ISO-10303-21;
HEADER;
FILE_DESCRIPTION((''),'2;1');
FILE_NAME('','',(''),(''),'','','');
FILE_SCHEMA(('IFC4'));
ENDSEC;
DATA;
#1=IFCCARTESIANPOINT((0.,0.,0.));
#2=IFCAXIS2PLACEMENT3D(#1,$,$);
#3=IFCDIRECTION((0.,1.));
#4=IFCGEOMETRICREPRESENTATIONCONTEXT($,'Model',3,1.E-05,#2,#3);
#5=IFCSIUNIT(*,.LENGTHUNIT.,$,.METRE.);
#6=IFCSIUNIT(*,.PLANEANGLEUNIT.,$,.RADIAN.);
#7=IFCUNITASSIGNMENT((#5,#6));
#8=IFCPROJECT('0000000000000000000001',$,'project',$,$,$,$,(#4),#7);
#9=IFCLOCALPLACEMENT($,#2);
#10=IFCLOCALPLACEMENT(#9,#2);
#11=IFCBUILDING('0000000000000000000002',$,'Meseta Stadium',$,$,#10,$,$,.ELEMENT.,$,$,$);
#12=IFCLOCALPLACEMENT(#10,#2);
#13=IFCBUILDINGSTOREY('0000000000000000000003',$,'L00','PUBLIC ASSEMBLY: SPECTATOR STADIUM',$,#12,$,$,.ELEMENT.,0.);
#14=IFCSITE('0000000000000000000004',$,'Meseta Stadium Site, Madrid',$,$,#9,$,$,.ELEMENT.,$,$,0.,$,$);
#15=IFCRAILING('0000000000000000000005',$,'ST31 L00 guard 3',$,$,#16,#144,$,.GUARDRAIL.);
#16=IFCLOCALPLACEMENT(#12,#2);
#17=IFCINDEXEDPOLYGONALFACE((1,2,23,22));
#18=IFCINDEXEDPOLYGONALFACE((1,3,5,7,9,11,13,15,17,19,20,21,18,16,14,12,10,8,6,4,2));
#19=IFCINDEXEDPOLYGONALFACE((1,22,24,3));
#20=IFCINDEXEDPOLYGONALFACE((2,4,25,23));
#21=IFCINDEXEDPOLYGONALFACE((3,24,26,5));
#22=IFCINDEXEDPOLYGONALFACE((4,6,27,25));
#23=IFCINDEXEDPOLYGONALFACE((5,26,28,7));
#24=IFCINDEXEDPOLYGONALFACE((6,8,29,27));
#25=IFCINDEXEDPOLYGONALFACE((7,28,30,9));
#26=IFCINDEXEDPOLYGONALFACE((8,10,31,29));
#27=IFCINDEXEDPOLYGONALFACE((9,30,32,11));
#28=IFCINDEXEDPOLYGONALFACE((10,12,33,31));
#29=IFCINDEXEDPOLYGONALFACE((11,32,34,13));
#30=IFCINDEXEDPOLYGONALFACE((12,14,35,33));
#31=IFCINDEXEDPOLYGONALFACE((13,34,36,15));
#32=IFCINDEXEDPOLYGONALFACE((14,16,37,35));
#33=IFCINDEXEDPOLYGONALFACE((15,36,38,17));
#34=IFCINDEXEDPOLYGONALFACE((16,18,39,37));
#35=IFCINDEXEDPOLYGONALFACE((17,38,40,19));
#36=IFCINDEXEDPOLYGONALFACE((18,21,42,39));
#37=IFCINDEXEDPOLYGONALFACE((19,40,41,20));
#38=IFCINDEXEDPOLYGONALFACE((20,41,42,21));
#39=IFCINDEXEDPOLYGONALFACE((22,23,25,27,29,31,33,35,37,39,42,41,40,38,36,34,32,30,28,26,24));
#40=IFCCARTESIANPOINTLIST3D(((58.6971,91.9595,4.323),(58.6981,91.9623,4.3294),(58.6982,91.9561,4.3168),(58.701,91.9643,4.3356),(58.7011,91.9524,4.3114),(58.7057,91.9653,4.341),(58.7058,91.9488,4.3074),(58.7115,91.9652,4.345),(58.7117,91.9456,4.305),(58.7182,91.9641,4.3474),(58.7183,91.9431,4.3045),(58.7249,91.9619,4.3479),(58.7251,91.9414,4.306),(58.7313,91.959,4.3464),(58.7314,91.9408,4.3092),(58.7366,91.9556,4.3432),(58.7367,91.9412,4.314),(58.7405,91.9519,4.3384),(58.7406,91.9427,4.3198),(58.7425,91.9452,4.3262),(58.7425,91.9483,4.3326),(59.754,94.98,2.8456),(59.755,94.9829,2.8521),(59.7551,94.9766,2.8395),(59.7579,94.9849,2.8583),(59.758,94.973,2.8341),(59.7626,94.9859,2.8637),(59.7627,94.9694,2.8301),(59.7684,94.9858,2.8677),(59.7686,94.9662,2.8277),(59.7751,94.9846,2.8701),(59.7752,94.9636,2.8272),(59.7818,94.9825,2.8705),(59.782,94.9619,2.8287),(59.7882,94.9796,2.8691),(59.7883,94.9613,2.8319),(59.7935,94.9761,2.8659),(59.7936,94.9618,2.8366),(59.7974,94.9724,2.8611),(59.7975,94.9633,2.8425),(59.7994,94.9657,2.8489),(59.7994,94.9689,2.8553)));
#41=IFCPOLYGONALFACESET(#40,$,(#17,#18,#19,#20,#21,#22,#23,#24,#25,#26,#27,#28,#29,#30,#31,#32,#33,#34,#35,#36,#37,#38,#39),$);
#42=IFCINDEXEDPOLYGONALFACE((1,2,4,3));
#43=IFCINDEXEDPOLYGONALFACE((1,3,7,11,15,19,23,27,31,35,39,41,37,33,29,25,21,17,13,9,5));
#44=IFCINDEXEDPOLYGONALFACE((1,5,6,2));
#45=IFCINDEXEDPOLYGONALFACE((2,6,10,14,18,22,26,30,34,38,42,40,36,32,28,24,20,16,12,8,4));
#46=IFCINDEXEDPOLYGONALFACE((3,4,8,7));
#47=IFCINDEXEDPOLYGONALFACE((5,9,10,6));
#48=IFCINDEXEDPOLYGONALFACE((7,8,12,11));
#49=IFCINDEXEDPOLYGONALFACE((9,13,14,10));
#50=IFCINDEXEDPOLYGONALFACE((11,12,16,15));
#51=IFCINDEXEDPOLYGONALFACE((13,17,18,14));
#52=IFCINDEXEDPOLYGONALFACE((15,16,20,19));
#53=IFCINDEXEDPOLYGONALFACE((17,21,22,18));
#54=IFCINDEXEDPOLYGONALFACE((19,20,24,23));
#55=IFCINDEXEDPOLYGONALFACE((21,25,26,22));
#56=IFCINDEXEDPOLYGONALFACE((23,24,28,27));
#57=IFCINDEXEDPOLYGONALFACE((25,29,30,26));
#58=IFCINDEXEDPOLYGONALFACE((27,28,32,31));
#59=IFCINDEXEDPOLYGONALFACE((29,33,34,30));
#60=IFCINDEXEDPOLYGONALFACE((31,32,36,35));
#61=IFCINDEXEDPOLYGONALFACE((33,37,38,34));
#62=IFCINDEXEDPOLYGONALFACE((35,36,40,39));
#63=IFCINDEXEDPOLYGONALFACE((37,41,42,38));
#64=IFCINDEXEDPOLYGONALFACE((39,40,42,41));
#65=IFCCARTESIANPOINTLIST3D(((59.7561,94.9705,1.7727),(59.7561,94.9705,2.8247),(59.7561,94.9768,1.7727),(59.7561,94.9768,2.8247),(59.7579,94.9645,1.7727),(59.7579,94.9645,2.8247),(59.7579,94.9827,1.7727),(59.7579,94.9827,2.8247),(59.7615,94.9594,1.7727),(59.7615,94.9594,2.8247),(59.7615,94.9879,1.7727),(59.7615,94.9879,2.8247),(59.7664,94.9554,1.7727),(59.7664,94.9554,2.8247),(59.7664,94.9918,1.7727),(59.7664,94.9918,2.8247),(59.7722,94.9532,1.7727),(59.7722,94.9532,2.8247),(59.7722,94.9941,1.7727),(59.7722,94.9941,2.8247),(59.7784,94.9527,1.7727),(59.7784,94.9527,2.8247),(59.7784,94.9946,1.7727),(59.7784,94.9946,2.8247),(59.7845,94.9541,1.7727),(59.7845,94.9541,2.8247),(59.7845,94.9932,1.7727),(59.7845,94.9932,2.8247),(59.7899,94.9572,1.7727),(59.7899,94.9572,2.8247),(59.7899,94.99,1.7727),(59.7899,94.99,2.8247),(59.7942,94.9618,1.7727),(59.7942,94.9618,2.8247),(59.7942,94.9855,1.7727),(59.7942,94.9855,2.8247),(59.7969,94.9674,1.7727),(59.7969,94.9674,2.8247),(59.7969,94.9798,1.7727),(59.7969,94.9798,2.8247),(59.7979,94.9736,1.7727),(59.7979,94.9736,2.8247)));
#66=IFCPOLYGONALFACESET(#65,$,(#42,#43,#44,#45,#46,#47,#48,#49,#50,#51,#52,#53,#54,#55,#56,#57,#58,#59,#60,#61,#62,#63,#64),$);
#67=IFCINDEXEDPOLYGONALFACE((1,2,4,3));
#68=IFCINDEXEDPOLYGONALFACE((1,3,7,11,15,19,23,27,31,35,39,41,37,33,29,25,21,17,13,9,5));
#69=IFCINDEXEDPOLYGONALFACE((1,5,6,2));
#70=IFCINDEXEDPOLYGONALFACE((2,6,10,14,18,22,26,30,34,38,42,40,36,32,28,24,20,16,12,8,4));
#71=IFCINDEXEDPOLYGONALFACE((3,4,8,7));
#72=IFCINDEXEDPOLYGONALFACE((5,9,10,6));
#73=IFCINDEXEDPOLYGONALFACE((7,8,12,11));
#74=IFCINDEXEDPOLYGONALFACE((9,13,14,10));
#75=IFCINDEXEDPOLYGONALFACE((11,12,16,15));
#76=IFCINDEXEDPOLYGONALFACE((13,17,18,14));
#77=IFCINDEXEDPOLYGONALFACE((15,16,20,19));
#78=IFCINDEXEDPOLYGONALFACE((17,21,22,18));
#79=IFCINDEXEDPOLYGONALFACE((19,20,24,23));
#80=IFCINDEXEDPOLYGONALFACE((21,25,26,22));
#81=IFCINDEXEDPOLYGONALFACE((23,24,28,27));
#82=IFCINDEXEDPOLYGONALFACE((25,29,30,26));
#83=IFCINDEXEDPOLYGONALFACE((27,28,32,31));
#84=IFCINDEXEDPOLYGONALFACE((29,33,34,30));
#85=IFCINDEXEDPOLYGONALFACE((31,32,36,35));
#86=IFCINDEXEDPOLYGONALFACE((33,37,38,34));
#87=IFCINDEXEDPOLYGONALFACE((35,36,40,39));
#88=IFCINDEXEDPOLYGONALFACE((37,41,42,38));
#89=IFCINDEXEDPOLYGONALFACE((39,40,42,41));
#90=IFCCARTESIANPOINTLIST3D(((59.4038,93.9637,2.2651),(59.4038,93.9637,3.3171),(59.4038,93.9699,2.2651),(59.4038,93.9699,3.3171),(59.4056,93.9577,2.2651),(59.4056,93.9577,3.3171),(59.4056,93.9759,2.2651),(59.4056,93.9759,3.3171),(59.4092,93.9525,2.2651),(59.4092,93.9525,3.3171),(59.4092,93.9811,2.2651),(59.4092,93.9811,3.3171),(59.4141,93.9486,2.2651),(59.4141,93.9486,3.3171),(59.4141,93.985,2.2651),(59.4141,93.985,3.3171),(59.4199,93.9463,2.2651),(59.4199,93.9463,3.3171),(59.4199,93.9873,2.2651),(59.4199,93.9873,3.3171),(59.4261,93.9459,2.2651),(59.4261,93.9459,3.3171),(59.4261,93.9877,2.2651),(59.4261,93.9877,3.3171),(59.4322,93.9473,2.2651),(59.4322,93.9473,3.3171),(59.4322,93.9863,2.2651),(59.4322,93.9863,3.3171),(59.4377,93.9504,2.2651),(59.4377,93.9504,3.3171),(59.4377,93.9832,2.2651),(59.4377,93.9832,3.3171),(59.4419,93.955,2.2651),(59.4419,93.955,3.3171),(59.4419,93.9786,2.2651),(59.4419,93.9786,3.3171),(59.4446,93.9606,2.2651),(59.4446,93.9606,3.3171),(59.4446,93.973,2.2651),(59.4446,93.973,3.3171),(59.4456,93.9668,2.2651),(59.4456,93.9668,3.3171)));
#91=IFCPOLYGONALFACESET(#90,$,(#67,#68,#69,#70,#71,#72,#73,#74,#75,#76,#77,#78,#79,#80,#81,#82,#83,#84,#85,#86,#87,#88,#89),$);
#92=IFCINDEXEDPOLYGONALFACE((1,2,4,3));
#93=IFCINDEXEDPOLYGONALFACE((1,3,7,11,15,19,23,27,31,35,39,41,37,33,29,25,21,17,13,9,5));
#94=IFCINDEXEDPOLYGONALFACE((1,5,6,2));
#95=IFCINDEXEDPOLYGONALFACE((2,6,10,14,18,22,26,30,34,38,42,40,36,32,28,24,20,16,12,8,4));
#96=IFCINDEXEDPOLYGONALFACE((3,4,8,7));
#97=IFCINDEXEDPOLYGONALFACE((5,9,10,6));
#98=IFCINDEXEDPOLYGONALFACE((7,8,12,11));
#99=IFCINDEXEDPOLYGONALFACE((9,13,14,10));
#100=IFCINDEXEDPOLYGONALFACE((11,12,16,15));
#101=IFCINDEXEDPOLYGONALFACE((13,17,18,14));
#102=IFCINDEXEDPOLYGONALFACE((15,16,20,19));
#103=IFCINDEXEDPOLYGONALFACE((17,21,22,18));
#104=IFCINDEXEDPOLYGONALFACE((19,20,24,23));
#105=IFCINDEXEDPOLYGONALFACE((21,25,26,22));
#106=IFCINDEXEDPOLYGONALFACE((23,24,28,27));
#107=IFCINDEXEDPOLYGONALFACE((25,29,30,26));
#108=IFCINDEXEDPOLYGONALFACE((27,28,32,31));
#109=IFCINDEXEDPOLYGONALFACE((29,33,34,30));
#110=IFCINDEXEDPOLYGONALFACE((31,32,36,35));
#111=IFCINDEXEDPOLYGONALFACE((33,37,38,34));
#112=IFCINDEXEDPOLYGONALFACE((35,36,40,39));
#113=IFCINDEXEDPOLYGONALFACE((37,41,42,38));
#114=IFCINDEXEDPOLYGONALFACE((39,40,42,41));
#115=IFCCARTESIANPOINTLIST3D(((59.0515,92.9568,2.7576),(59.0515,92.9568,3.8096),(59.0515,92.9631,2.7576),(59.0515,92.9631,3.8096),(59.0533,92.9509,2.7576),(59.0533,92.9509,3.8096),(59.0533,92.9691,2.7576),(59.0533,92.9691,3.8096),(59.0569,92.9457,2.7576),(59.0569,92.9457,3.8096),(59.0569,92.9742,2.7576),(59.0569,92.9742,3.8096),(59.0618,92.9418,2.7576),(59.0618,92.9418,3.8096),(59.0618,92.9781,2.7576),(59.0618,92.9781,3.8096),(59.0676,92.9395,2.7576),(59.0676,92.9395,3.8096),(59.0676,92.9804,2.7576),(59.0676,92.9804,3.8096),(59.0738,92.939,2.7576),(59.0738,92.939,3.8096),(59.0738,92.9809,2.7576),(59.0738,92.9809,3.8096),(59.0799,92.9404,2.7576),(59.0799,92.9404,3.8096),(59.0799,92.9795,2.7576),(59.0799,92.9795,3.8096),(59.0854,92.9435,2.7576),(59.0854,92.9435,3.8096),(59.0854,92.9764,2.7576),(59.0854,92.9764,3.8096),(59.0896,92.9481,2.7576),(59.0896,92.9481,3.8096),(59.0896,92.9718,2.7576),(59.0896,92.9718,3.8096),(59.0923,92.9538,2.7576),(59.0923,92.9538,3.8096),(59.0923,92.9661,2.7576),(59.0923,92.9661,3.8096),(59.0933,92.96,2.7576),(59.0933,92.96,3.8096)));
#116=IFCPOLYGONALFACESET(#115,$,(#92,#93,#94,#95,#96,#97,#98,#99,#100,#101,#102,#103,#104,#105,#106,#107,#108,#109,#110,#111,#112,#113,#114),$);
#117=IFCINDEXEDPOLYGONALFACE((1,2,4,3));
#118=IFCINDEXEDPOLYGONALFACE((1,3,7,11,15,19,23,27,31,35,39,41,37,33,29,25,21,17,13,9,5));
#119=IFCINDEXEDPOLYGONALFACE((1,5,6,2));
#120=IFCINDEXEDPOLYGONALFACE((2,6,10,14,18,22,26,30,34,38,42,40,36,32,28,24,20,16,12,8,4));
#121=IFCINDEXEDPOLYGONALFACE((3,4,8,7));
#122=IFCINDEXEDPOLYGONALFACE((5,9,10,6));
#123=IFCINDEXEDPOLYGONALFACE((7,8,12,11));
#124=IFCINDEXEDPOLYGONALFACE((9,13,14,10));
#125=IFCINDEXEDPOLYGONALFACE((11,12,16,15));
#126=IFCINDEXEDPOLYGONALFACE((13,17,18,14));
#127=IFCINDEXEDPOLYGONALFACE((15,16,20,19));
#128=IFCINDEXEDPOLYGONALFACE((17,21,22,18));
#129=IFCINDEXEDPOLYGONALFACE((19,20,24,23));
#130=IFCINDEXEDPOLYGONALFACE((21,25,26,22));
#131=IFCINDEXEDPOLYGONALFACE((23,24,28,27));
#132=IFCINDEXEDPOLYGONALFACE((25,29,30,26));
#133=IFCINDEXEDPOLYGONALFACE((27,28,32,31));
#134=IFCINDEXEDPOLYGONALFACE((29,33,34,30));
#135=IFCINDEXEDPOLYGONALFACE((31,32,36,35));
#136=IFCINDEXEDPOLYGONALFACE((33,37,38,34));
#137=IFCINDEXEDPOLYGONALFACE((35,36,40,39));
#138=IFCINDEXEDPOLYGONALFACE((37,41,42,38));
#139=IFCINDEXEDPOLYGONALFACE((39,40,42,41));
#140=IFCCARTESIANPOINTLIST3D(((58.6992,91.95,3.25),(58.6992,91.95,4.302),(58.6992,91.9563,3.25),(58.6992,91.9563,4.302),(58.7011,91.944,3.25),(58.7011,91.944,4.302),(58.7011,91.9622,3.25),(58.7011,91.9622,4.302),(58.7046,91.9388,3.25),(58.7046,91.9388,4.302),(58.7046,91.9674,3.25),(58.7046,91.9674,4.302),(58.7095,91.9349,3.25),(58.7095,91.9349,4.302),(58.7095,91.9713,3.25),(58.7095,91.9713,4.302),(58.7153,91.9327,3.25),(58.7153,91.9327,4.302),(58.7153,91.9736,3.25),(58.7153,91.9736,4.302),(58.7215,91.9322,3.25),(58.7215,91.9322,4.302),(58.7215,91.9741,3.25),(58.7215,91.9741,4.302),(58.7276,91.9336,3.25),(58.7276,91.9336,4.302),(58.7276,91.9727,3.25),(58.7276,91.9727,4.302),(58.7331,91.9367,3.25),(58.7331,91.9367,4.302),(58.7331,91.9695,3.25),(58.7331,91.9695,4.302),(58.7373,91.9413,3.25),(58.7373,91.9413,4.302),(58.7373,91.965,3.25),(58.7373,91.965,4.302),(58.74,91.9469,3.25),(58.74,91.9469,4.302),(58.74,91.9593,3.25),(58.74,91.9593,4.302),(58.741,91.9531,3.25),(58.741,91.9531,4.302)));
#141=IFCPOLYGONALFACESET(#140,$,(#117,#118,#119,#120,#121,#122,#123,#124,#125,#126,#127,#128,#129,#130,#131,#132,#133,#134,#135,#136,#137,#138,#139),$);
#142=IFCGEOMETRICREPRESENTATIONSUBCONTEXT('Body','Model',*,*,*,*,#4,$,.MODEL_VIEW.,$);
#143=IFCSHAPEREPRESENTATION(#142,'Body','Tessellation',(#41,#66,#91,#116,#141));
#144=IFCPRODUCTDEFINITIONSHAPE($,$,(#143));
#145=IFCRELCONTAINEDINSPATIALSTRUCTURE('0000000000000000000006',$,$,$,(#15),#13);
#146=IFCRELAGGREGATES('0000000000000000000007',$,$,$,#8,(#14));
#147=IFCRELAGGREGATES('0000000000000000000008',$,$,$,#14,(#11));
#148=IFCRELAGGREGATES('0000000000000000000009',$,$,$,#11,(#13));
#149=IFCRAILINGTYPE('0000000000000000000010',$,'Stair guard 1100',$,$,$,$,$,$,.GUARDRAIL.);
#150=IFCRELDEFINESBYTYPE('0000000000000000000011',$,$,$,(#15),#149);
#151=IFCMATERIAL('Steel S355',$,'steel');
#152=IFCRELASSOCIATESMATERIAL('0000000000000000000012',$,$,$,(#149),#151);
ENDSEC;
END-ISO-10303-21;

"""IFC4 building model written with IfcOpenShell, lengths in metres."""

from ifc_helpers import new_model, si_unit, direction, frame, origin, origin_2d, place, context, subcontext, project, spatial, circle, extrude, material, type_object, element, save


model = new_model("IFC4")

# Units and contexts
model_context = context("Model", 3, precision=1e-05, world=origin(), true_north=direction((0.0, 1.0)))
body_context = subcontext(model_context, "Body", "Model", "MODEL_VIEW")
ifc_project = project(units=[si_unit("LENGTHUNIT", "METRE"), si_unit("PLANEANGLEUNIT", "RADIAN")], contexts=[model_context])

# Site, building, storey
site_placement = place(None, origin())
site = spatial("IfcSite", under=ifc_project, at=site_placement, Name="Meseta Stadium Site, Madrid", CompositionType="ELEMENT", RefElevation=0.0)
building_placement = place(site_placement, origin())
building = spatial("IfcBuilding", under=site, at=building_placement, Name="Meseta Stadium", CompositionType="ELEMENT")
storey_placement = place(building_placement, origin())
storey = spatial("IfcBuildingStorey", under=building, at=storey_placement, Name="L00", Description="PUBLIC ASSEMBLY: SPECTATOR STADIUM", CompositionType="ELEMENT", Elevation=0.0)

# Railing
ifc_material_1 = material(Name="Steel S355", Category="steel")
railing_type_1 = type_object("IfcRailingType", Name="Stair guard 1100", PredefinedType="GUARDRAIL", material=ifc_material_1)
railing_1_placement = place(storey_placement, frame((59.7769, 94.9736, 1.7727)))
element("IfcRailing", 1, at=railing_1_placement, inside=storey, type_object=railing_type_1, Name="ST31 L00 guard 3", PredefinedType="GUARDRAIL", context=body_context, shape_type="SweptSolid", body=[
    extrude(circle(Radius=0.0239, at=origin_2d()), frame((0.0, 0.0, 1.0762), z_axis=(-0.299859, -0.856977, 0.419137), x_axis=(0.943887, -0.330269, 0.0)), (0.0, 0.0, 1.0), 3.5247),
    extrude(circle(Radius=0.021, at=origin_2d()), origin(), (0.0, 0.0, 1.0), 1.052),
    extrude(circle(Radius=0.021, at=origin_2d()), frame((-0.3523, -1.0068, 0.4924)), (0.0, 0.0, 1.0), 1.052),
    extrude(circle(Radius=0.021, at=origin_2d()), frame((-0.7046, -2.0137, 0.9849)), (0.0, 0.0, 1.0), 1.052),
    extrude(circle(Radius=0.021, at=origin_2d()), frame((-1.0569, -3.0205, 1.4773)), (0.0, 0.0, 1.0), 1.052),
])

save(model, "model.ifc")
